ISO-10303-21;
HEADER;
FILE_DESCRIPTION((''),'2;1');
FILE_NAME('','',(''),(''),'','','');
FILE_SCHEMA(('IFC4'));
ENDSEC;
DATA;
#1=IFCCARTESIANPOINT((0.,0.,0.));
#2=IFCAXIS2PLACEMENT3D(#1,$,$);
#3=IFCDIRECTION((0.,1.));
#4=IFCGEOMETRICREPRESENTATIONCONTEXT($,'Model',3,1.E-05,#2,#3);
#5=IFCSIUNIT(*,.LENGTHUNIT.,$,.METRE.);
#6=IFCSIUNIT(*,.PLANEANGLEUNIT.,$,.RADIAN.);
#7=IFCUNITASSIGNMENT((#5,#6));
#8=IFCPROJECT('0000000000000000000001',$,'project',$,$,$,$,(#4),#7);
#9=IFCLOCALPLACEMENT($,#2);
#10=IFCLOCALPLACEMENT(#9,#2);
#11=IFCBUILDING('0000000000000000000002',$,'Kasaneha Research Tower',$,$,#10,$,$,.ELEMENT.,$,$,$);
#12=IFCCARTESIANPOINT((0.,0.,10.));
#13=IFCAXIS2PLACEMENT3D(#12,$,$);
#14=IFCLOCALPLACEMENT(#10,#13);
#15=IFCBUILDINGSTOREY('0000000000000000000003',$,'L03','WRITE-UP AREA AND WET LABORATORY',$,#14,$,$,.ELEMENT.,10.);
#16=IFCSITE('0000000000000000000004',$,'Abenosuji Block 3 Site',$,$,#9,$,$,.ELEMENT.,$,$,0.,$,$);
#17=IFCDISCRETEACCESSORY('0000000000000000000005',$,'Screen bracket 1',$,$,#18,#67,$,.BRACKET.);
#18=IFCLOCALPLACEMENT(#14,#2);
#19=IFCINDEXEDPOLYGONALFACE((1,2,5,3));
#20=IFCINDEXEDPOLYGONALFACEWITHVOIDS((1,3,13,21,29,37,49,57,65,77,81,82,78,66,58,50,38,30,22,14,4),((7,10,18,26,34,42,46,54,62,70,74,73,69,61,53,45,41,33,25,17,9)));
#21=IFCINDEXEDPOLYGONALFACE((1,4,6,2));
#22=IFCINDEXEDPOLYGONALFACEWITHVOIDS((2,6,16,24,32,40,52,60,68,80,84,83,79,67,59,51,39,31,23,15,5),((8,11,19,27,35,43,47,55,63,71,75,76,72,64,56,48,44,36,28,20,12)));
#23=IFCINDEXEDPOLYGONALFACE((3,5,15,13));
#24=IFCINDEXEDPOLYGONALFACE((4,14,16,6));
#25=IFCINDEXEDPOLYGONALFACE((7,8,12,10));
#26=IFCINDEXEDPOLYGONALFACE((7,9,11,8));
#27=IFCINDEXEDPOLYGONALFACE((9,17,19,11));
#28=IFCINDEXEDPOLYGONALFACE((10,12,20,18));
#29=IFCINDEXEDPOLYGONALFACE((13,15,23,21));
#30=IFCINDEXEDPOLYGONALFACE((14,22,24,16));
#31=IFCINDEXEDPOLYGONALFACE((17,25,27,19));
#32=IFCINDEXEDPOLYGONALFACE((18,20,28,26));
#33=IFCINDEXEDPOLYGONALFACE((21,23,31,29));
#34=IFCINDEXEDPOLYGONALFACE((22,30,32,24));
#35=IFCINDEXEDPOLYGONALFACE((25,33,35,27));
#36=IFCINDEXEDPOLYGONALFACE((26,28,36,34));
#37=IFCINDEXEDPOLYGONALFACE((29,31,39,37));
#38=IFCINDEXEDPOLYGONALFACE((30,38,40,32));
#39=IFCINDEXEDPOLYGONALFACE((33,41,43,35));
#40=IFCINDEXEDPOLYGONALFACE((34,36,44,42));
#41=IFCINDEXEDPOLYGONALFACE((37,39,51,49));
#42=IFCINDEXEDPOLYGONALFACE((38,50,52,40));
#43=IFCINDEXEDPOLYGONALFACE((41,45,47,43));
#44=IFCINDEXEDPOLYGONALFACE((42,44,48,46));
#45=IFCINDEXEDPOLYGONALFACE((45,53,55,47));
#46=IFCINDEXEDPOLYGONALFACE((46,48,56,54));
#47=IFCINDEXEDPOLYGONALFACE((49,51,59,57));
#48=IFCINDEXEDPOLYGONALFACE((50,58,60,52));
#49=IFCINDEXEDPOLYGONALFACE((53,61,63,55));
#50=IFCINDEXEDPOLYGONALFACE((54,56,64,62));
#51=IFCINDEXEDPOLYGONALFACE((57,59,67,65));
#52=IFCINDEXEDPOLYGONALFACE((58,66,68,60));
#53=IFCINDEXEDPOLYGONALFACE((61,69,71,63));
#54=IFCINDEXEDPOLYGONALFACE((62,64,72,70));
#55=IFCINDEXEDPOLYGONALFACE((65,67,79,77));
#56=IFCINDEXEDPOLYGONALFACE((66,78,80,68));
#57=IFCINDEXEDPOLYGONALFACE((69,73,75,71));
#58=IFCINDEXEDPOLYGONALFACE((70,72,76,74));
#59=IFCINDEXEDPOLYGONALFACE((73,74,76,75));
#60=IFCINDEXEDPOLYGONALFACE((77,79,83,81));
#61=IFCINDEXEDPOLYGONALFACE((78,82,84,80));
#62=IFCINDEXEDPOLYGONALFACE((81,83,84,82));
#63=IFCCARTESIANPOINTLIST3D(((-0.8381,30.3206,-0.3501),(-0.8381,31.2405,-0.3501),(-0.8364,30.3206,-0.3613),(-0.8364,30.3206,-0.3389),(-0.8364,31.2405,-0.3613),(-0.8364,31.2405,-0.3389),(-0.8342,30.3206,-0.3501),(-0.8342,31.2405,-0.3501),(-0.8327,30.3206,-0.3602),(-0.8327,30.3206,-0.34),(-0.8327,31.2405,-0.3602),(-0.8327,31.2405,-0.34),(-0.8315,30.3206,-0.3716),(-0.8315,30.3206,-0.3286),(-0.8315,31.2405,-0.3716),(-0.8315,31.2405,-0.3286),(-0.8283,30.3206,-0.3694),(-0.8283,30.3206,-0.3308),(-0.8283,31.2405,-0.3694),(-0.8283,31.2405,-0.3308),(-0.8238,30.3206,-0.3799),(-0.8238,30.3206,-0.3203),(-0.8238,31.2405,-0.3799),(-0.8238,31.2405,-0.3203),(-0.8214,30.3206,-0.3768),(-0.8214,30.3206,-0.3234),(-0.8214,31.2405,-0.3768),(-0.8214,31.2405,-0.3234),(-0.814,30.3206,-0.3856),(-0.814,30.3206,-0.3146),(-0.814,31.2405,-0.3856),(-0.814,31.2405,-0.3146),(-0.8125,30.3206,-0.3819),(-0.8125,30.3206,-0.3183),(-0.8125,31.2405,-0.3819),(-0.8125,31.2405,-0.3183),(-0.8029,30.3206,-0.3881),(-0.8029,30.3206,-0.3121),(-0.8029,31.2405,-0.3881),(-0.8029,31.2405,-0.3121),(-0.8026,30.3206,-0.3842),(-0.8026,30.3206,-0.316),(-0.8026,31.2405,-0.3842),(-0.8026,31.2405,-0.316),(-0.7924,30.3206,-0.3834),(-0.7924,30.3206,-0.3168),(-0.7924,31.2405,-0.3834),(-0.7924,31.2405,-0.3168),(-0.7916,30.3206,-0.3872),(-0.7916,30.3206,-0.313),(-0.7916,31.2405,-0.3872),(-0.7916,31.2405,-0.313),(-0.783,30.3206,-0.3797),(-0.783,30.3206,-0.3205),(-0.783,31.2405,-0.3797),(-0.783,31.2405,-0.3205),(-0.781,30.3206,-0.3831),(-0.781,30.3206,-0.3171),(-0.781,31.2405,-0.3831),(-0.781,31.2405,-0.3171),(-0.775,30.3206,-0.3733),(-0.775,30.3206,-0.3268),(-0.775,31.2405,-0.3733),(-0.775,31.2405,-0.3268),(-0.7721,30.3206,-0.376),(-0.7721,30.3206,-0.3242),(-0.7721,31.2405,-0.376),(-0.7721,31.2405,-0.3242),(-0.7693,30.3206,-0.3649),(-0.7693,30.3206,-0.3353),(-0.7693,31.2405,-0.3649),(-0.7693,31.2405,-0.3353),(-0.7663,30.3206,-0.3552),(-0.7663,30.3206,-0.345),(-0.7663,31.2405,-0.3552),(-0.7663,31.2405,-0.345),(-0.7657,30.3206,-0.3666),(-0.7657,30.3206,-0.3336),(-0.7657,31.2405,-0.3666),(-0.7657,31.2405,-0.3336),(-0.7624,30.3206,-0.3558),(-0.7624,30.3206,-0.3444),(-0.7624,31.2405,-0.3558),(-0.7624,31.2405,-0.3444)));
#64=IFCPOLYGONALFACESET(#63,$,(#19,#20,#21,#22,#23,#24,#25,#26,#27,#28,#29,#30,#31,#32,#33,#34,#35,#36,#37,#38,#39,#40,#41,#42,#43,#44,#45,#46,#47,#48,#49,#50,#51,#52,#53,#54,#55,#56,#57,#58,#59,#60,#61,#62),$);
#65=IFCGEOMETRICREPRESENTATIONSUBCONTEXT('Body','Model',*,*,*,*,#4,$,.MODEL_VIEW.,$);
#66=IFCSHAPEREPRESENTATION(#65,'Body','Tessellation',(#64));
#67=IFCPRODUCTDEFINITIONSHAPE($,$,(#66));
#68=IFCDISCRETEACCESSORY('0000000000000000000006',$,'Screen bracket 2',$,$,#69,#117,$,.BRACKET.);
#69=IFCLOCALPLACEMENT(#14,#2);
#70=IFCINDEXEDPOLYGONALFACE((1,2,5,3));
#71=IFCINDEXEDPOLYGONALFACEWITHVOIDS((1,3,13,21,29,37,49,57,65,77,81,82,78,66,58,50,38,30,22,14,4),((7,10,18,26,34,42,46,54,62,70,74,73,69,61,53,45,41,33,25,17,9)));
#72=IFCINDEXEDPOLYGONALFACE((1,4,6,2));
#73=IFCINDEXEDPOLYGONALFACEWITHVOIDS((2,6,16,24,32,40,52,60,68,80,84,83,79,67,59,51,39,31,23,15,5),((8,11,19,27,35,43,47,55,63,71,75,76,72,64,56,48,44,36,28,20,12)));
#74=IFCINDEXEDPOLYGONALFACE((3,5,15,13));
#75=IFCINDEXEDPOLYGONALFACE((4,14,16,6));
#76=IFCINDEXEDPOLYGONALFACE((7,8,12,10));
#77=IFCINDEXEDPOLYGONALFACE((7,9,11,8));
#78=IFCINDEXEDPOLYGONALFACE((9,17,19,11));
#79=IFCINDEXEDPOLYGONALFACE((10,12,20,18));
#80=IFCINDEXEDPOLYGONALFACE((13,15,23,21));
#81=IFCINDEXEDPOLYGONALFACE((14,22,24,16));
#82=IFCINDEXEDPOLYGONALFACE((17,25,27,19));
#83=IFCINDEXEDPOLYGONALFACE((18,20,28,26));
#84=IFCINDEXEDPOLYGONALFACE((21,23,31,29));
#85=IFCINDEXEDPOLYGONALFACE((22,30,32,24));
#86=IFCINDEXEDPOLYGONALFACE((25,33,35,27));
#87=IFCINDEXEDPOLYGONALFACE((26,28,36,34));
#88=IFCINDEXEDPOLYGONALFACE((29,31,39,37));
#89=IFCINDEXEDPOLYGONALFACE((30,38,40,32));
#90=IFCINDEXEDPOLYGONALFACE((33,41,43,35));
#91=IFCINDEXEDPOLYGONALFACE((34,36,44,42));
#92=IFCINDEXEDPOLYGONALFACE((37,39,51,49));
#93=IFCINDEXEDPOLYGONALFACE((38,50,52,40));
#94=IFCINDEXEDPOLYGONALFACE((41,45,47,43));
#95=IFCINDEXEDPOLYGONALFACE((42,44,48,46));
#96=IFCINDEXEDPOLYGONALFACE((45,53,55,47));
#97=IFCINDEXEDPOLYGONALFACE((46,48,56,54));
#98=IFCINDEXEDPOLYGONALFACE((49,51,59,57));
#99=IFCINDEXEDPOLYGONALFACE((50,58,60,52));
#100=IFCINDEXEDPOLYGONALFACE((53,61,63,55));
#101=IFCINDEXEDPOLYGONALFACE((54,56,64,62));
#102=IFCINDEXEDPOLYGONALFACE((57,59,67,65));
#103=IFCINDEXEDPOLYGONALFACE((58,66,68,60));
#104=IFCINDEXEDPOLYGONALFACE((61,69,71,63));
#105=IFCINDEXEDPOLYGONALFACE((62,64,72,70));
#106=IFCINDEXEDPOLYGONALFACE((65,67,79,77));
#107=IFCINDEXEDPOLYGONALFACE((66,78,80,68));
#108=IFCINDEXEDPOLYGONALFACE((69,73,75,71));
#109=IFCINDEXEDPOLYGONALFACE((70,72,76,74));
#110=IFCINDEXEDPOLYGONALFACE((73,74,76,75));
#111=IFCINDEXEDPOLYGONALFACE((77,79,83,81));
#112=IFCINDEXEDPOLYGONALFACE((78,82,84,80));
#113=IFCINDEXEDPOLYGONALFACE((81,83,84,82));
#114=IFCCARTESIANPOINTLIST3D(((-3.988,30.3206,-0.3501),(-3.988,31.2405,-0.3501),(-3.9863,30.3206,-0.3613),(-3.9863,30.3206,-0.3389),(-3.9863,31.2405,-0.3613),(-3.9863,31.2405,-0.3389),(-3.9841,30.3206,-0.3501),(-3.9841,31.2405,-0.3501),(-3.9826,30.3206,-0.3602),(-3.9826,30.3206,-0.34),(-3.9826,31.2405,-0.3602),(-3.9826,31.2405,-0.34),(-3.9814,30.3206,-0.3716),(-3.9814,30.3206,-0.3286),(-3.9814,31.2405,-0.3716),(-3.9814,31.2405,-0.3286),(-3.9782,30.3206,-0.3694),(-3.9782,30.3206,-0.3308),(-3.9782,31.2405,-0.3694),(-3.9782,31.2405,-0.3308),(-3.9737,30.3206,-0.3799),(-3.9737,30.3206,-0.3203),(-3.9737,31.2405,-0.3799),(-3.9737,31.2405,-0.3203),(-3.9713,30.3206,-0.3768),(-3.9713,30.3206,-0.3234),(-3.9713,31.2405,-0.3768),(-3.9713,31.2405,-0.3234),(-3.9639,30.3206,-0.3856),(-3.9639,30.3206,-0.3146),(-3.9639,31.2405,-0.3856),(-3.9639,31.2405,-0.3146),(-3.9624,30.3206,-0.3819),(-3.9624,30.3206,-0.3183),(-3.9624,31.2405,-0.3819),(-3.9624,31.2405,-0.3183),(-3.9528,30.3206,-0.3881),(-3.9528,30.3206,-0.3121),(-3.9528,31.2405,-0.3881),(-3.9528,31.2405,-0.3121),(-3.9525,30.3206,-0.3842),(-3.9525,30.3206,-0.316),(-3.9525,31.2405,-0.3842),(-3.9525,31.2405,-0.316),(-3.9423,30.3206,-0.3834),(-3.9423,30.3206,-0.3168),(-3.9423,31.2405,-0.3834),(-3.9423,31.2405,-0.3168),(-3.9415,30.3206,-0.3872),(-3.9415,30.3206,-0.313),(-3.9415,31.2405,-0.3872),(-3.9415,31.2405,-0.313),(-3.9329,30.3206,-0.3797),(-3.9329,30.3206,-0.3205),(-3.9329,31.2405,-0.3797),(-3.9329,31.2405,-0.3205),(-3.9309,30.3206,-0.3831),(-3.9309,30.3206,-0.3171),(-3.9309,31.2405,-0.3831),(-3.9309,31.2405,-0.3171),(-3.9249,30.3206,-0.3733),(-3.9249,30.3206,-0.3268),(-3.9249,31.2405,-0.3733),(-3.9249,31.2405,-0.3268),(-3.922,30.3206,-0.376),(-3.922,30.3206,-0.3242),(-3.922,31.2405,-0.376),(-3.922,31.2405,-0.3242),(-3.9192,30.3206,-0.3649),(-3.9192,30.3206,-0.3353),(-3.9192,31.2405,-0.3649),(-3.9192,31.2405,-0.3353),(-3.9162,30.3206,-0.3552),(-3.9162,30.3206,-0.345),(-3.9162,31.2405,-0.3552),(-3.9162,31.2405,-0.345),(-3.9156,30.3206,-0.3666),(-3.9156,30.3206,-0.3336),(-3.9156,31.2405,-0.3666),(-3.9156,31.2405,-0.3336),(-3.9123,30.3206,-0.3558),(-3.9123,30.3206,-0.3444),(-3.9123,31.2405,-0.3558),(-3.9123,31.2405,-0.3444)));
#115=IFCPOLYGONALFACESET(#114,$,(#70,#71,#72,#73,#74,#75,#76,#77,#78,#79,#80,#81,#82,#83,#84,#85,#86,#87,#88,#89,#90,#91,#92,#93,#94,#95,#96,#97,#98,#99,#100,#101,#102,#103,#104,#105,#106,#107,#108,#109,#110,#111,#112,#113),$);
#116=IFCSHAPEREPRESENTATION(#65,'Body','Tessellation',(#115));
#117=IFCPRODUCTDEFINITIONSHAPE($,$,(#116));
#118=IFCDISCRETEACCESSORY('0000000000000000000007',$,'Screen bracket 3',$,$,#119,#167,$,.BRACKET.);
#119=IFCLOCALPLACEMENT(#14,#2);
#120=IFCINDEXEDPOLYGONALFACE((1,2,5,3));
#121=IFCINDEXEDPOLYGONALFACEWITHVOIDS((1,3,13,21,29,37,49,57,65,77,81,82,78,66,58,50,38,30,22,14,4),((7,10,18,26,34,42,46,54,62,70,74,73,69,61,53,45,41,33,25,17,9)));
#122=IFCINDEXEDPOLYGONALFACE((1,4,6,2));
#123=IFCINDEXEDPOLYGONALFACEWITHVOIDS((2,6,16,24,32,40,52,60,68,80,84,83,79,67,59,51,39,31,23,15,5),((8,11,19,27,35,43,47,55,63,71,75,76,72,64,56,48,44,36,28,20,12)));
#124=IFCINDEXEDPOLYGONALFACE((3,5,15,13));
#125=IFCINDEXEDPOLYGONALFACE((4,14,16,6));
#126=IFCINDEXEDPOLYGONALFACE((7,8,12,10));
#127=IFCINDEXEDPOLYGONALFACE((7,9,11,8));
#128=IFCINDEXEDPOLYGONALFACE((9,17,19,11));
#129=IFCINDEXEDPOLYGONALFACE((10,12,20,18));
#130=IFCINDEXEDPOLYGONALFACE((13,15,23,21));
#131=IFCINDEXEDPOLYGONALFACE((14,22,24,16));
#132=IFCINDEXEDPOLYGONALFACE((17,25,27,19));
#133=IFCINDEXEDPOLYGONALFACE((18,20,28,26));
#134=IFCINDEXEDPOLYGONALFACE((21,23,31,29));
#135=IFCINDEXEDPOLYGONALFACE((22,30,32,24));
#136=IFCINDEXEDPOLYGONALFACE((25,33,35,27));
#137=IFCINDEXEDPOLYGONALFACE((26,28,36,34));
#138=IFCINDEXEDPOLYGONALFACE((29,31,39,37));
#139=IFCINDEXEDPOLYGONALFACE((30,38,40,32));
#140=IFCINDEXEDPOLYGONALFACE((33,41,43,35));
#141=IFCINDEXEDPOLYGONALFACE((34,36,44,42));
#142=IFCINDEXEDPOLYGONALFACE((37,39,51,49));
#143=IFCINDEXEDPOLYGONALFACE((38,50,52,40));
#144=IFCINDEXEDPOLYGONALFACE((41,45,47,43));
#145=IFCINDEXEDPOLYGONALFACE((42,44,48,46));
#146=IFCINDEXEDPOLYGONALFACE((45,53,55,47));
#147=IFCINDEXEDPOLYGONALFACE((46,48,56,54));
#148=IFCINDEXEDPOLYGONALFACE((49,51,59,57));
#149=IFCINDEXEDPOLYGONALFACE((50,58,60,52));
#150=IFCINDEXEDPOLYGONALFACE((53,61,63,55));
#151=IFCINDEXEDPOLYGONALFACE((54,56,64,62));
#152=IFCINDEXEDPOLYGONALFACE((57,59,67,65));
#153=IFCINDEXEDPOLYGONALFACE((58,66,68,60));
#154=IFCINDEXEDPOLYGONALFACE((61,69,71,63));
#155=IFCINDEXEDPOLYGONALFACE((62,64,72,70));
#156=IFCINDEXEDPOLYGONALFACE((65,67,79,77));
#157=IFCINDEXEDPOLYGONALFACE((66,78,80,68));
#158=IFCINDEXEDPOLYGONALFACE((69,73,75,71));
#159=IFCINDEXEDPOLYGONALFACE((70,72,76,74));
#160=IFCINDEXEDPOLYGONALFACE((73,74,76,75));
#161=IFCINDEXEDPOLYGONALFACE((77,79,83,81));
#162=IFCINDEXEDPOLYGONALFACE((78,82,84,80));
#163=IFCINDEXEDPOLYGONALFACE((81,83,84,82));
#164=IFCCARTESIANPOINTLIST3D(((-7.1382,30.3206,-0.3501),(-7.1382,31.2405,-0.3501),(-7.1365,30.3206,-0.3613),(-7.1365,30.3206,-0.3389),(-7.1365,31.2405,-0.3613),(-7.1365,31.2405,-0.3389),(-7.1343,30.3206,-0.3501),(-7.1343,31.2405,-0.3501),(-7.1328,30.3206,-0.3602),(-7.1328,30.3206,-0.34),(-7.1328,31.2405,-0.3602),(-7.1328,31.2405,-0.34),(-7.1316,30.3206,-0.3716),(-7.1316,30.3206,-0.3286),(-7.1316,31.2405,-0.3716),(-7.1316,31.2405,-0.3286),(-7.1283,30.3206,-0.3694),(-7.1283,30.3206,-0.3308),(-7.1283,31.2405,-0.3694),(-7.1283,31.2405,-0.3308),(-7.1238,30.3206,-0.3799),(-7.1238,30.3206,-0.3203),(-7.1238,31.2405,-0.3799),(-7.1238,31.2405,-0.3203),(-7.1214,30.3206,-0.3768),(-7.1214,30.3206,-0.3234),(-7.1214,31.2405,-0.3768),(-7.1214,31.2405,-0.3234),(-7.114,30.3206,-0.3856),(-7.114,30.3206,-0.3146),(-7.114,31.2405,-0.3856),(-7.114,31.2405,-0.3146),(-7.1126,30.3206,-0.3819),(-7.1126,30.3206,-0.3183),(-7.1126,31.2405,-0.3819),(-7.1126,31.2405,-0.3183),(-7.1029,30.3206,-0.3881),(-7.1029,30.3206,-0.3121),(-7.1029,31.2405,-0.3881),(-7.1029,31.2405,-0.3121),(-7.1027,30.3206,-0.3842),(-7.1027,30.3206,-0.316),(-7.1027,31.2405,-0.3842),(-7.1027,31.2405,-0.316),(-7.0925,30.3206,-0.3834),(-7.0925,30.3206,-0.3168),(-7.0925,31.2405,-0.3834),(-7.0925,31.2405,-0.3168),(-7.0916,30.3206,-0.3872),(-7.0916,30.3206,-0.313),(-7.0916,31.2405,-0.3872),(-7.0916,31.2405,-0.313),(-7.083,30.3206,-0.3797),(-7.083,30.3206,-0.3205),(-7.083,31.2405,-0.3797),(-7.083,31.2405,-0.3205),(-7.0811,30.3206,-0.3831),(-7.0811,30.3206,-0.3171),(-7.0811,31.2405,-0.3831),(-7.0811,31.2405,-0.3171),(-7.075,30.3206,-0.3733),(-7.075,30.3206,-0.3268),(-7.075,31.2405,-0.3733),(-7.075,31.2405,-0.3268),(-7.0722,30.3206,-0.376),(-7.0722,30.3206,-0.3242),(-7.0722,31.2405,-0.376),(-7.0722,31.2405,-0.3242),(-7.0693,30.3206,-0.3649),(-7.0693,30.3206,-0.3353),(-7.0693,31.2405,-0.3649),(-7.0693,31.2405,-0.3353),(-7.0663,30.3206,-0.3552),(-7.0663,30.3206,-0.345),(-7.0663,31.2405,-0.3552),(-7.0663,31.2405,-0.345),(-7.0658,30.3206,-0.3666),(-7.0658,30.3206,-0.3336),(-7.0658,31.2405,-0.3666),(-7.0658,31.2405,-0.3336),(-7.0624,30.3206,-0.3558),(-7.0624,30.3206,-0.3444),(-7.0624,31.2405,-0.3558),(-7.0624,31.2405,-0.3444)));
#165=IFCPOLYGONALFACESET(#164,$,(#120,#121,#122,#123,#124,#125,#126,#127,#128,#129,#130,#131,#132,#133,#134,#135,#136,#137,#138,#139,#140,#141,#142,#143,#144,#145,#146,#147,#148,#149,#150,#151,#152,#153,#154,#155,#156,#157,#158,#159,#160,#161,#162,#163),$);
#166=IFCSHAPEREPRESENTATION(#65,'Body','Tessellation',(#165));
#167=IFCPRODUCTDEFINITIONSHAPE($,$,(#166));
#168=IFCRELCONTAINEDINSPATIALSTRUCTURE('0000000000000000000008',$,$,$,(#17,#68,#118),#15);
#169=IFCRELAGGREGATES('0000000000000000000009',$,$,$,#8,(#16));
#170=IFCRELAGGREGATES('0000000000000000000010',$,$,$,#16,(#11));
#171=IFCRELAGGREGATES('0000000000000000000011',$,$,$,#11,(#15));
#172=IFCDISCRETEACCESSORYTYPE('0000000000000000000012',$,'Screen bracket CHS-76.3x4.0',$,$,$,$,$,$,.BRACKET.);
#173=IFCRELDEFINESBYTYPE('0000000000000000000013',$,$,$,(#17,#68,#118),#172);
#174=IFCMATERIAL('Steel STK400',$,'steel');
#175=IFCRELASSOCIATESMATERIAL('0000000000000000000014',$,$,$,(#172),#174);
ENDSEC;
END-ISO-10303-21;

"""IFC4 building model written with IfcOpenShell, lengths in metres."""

from ifc_helpers import new_model, si_unit, direction, frame, origin, origin_2d, place, context, subcontext, project, spatial, hollow_circle, extrude, material, material_profile, profile_set, type_object, element, save


model = new_model("IFC4")

# Units and contexts
model_context = context("Model", 3, precision=1e-05, world=origin(), true_north=direction((0.0, 1.0)))
body_context = subcontext(model_context, "Body", "Model", "MODEL_VIEW")
ifc_project = project(units=[si_unit("LENGTHUNIT", "METRE"), si_unit("PLANEANGLEUNIT", "RADIAN")], contexts=[model_context])

# Site, building, storey
site_placement = place(None, origin())
site = spatial("IfcSite", under=ifc_project, at=site_placement, Name="Abenosuji Block 3 Site", CompositionType="ELEMENT", RefElevation=0.0)
building_placement = place(site_placement, origin())
building = spatial("IfcBuilding", under=site, at=building_placement, Name="Kasaneha Research Tower", CompositionType="ELEMENT")
storey_placement = place(building_placement, frame((0.0, 0.0, 10.0)))
storey = spatial("IfcBuildingStorey", under=building, at=storey_placement, Name="L03", Description="WRITE-UP AREA AND WET LABORATORY", CompositionType="ELEMENT", Elevation=10.0)

# Discrete accessories
ifc_material_1 = material(Name="Steel STK400", Category="steel")
ifc_material_profile_1 = material_profile(ifc_material_1, hollow_circle(Radius=0.0381, WallThickness=0.0039, at=origin_2d()), Name="CHS-76.3x4.0")
ifc_profile_set_1 = profile_set([ifc_material_profile_1], Name="Steel STK400")
discrete_accessory_type = type_object("IfcDiscreteAccessoryType", Name="Screen bracket CHS-76.3x4.0", PredefinedType="BRACKET", material=ifc_profile_set_1)
for number, where, z_axis, x_axis, name in (
    (1, (-0.8, 30.3206, -0.3501), (0.0, 1.0, 0.0), (-1.0, 0.0, 0.0), "Screen bracket 1"),
    (2, (-3.95, 30.3206, -0.3501), (0.0, 1.0, 0.0), (-1.0, 0.0, 0.0), "Screen bracket 2"),
    (3, (-7.1001, 30.3206, -0.3501), (0.0, 1.0, 0.0), (-1.0, 0.0, 0.0), "Screen bracket 3"),
):
    element("IfcDiscreteAccessory", number, at=place(storey_placement, frame(where, z_axis=z_axis, x_axis=x_axis)), inside=storey, type_object=discrete_accessory_type, Name=name, PredefinedType="BRACKET", context=body_context, shape_type="SweptSolid", body=[
        extrude(hollow_circle(Radius=0.0381, WallThickness=0.0039, at=origin_2d()), origin(), (0.0, 0.0, 1.0), 0.9199),
    ])

save(model, "model.ifc")
